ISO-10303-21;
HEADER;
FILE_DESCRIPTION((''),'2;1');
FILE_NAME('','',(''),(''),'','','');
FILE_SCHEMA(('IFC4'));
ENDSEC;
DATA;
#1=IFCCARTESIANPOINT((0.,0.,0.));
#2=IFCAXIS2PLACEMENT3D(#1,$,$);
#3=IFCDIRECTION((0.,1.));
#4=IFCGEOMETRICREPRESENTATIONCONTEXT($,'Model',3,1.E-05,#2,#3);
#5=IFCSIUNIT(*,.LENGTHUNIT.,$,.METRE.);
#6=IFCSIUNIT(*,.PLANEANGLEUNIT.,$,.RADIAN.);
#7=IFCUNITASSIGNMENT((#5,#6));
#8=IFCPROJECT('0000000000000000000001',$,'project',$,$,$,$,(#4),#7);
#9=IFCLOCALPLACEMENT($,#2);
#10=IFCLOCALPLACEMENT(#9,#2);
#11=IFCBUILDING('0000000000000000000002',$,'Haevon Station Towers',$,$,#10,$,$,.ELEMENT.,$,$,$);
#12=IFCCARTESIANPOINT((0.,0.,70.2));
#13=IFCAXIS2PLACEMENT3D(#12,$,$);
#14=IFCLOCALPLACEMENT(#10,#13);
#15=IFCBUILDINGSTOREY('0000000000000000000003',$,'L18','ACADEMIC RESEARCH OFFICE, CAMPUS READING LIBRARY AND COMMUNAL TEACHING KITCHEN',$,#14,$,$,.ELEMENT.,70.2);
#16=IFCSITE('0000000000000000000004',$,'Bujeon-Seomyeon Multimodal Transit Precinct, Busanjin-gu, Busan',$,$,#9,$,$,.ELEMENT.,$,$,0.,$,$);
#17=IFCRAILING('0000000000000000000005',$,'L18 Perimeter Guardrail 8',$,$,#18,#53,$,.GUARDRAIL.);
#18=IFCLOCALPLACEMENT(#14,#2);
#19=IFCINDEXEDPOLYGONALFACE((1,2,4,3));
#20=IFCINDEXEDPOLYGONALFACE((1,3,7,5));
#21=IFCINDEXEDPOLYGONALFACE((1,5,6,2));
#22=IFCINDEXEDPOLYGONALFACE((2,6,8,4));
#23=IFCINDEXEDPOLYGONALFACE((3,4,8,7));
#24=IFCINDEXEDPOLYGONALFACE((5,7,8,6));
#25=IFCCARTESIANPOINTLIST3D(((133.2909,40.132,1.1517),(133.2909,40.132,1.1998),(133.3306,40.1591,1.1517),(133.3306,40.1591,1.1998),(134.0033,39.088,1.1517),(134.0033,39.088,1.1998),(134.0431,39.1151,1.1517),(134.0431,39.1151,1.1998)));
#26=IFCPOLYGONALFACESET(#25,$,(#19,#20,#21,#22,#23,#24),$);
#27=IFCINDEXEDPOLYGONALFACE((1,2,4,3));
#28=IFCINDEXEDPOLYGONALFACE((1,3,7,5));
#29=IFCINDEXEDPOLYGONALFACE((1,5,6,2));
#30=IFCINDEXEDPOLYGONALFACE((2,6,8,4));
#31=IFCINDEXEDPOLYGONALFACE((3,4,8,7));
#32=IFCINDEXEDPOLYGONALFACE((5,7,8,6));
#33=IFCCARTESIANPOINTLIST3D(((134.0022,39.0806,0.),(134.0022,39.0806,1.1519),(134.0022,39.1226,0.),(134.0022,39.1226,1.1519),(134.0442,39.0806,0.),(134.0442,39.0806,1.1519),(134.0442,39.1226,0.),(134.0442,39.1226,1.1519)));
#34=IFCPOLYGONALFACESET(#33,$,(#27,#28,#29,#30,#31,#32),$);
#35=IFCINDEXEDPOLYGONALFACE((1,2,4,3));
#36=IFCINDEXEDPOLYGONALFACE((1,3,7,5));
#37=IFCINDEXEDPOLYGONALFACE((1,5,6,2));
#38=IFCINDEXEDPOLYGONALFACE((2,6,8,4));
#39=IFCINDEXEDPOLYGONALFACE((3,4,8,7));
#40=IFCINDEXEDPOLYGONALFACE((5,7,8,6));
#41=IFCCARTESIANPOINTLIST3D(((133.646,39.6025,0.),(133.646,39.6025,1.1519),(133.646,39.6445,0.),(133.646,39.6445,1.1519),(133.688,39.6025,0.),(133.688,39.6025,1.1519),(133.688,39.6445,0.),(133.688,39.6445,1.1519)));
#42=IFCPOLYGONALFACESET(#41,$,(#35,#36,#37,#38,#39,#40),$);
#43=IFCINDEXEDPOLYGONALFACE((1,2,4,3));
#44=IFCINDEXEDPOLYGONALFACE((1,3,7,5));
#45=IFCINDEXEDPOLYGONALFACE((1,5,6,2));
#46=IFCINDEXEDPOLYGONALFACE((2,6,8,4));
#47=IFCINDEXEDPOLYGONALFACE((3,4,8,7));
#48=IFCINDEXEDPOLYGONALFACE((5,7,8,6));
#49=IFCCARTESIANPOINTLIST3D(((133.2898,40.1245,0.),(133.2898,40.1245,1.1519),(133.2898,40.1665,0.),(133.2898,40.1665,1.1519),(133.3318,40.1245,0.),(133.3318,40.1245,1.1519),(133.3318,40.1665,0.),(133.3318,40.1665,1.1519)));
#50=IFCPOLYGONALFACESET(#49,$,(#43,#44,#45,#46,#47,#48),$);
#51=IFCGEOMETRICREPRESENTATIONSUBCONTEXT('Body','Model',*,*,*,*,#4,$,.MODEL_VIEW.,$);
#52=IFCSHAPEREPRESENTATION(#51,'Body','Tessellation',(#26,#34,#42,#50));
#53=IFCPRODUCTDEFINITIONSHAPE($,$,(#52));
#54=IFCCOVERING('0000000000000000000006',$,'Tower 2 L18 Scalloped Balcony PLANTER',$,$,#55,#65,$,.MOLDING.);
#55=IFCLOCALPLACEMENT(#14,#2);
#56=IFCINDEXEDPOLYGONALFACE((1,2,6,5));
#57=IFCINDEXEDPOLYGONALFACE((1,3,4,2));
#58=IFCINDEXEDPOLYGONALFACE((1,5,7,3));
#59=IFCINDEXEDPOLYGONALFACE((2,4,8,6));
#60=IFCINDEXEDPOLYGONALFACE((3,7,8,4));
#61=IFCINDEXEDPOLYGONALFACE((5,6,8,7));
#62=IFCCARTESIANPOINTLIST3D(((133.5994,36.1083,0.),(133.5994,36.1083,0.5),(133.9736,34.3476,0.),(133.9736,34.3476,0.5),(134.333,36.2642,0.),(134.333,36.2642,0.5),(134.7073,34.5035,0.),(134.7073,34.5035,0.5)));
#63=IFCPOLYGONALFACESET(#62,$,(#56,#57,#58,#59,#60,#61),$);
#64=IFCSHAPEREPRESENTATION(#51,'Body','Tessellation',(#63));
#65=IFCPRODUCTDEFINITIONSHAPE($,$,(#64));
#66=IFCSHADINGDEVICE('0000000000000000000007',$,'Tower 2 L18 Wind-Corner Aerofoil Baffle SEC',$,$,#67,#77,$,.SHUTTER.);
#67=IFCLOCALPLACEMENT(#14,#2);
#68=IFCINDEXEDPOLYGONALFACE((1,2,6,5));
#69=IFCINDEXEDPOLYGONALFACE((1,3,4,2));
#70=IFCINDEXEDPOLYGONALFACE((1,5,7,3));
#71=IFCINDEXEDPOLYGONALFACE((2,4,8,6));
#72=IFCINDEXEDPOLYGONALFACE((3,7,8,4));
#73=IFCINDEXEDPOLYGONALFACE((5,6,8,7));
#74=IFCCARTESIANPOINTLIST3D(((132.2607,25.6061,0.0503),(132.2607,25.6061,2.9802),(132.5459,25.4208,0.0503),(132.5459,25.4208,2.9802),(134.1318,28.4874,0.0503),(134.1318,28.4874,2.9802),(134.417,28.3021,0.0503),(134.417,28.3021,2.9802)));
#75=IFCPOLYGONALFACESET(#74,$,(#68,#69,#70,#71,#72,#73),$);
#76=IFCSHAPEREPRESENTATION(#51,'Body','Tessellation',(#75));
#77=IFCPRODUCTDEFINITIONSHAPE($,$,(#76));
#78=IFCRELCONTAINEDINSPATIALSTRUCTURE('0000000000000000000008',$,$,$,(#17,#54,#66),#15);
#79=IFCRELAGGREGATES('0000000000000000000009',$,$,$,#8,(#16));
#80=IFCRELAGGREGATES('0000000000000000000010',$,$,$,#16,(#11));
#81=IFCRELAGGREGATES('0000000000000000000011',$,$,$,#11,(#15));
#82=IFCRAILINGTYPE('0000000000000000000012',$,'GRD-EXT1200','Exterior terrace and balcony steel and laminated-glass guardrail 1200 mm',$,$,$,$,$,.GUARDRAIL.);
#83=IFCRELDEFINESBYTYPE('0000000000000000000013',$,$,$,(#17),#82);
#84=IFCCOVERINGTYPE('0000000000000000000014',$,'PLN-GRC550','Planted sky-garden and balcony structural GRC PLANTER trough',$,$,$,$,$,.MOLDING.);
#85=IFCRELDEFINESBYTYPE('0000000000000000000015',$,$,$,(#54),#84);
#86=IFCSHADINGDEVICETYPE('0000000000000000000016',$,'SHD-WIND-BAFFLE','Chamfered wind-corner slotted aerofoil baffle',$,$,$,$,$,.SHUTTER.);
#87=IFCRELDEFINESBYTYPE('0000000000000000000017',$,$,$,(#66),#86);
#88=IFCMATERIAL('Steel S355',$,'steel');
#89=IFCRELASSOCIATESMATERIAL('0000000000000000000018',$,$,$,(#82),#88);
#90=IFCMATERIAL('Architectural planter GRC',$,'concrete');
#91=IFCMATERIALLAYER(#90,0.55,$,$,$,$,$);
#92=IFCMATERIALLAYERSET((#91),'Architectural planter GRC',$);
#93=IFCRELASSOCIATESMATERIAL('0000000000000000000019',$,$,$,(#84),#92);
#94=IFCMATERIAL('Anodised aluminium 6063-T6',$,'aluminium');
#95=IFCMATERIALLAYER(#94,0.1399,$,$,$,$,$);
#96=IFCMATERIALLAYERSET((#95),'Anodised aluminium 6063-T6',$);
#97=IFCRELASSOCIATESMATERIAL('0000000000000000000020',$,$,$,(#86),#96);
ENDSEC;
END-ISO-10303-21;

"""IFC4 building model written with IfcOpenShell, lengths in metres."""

from ifc_helpers import new_model, si_unit, direction, frame, origin, origin_2d, place, context, subcontext, project, spatial, rectangle, extrude, material, layer, layer_set, type_object, element, save


model = new_model("IFC4")

# Units and contexts
model_context = context("Model", 3, precision=1e-05, world=origin(), true_north=direction((0.0, 1.0)))
body_context = subcontext(model_context, "Body", "Model", "MODEL_VIEW")
ifc_project = project(units=[si_unit("LENGTHUNIT", "METRE"), si_unit("PLANEANGLEUNIT", "RADIAN")], contexts=[model_context])

# Site, building, storey
site_placement = place(None, origin())
site = spatial("IfcSite", under=ifc_project, at=site_placement, Name="Bujeon-Seomyeon Multimodal Transit Precinct, Busanjin-gu, Busan", CompositionType="ELEMENT", RefElevation=0.0)
building_placement = place(site_placement, origin())
building = spatial("IfcBuilding", under=site, at=building_placement, Name="Haevon Station Towers", CompositionType="ELEMENT")
storey_placement = place(building_placement, frame((0.0, 0.0, 70.2)))
storey = spatial("IfcBuildingStorey", under=building, at=storey_placement, Name="L18", Description="ACADEMIC RESEARCH OFFICE, CAMPUS READING LIBRARY AND COMMUNAL TEACHING KITCHEN", CompositionType="ELEMENT", Elevation=70.2)

# Shared definitions
ifc_material_1 = material(Name="Steel S355", Category="steel")

# Railing
railing_type = type_object("IfcRailingType", Name="GRD-EXT1200", Description="Exterior terrace and balcony steel and laminated-glass guardrail 1200 mm", PredefinedType="GUARDRAIL", material=ifc_material_1)
railing_1_placement = place(storey_placement, frame((134.0232, 39.1016, 0.0)))
element("IfcRailing", 1, at=railing_1_placement, inside=storey, type_object=railing_type, Name="L18 Perimeter Guardrail 8", PredefinedType="GUARDRAIL", context=body_context, shape_type="SweptSolid", body=[
    extrude(rectangle(XDim=0.0481, YDim=0.0481, at=origin_2d()), frame((0.0, 0.0, 1.1758), z_axis=(-0.563672, 0.825998, 0.0), x_axis=(-0.825998, -0.563672, 0.0)), (0.0, 0.0, 1.0), 1.2639),
    extrude(rectangle(XDim=0.042, YDim=0.042, at=origin_2d()), origin(), (0.0, 0.0, 1.0), 1.1519),
    extrude(rectangle(XDim=0.042, YDim=0.042, at=origin_2d()), frame((-0.3562, 0.522, 0.0)), (0.0, 0.0, 1.0), 1.1519),
    extrude(rectangle(XDim=0.042, YDim=0.042, at=origin_2d()), frame((-0.7124, 1.0439, 0.0)), (0.0, 0.0, 1.0), 1.1519),
])

# Covering
ifc_material_2 = material(Name="Architectural planter GRC", Category="concrete")
ifc_layer_1 = layer(ifc_material_2, 0.55)
ifc_layer_set_1 = layer_set([ifc_layer_1], Name="Architectural planter GRC")
covering_type = type_object("IfcCoveringType", Name="PLN-GRC550", Description="Planted sky-garden and balcony structural GRC PLANTER trough", PredefinedType="MOLDING", material=ifc_layer_set_1)
covering_placement = place(storey_placement, frame((134.1533, 35.3059, 0.0), z_axis=(0.0, 0.0, 1.0), x_axis=(0.978148, 0.207912, 0.0)))
element("IfcCovering", 2, at=covering_placement, inside=storey, type_object=covering_type, Name="Tower 2 L18 Scalloped Balcony PLANTER", PredefinedType="MOLDING", context=body_context, shape_type="SweptSolid", body=[
    extrude(rectangle(XDim=0.75, YDim=1.8, at=origin_2d()), origin(), (0.0, 0.0, 1.0), 0.5),
])

# Shading device
ifc_material_3 = material(Name="Anodised aluminium 6063-T6", Category="aluminium")
ifc_layer_2 = layer(ifc_material_3, 0.1399)
ifc_layer_set_2 = layer_set([ifc_layer_2], Name="Anodised aluminium 6063-T6")
shading_device_type = type_object("IfcShadingDeviceType", Name="SHD-WIND-BAFFLE", Description="Chamfered wind-corner slotted aerofoil baffle", PredefinedType="SHUTTER", material=ifc_layer_set_2)
shading_device_placement = place(storey_placement, frame((133.3389, 26.9541, 0.0503), z_axis=(0.0, 0.0, 1.0), x_axis=(-0.544639, -0.838671, 0.0)))
element("IfcShadingDevice", 3, at=shading_device_placement, inside=storey, type_object=shading_device_type, Name="Tower 2 L18 Wind-Corner Aerofoil Baffle SEC", PredefinedType="SHUTTER", context=body_context, shape_type="SweptSolid", body=[
    extrude(rectangle(XDim=3.4355, YDim=0.3401, at=origin_2d()), origin(), (0.0, 0.0, 1.0), 2.9299),
])

save(model, "model.ifc")
